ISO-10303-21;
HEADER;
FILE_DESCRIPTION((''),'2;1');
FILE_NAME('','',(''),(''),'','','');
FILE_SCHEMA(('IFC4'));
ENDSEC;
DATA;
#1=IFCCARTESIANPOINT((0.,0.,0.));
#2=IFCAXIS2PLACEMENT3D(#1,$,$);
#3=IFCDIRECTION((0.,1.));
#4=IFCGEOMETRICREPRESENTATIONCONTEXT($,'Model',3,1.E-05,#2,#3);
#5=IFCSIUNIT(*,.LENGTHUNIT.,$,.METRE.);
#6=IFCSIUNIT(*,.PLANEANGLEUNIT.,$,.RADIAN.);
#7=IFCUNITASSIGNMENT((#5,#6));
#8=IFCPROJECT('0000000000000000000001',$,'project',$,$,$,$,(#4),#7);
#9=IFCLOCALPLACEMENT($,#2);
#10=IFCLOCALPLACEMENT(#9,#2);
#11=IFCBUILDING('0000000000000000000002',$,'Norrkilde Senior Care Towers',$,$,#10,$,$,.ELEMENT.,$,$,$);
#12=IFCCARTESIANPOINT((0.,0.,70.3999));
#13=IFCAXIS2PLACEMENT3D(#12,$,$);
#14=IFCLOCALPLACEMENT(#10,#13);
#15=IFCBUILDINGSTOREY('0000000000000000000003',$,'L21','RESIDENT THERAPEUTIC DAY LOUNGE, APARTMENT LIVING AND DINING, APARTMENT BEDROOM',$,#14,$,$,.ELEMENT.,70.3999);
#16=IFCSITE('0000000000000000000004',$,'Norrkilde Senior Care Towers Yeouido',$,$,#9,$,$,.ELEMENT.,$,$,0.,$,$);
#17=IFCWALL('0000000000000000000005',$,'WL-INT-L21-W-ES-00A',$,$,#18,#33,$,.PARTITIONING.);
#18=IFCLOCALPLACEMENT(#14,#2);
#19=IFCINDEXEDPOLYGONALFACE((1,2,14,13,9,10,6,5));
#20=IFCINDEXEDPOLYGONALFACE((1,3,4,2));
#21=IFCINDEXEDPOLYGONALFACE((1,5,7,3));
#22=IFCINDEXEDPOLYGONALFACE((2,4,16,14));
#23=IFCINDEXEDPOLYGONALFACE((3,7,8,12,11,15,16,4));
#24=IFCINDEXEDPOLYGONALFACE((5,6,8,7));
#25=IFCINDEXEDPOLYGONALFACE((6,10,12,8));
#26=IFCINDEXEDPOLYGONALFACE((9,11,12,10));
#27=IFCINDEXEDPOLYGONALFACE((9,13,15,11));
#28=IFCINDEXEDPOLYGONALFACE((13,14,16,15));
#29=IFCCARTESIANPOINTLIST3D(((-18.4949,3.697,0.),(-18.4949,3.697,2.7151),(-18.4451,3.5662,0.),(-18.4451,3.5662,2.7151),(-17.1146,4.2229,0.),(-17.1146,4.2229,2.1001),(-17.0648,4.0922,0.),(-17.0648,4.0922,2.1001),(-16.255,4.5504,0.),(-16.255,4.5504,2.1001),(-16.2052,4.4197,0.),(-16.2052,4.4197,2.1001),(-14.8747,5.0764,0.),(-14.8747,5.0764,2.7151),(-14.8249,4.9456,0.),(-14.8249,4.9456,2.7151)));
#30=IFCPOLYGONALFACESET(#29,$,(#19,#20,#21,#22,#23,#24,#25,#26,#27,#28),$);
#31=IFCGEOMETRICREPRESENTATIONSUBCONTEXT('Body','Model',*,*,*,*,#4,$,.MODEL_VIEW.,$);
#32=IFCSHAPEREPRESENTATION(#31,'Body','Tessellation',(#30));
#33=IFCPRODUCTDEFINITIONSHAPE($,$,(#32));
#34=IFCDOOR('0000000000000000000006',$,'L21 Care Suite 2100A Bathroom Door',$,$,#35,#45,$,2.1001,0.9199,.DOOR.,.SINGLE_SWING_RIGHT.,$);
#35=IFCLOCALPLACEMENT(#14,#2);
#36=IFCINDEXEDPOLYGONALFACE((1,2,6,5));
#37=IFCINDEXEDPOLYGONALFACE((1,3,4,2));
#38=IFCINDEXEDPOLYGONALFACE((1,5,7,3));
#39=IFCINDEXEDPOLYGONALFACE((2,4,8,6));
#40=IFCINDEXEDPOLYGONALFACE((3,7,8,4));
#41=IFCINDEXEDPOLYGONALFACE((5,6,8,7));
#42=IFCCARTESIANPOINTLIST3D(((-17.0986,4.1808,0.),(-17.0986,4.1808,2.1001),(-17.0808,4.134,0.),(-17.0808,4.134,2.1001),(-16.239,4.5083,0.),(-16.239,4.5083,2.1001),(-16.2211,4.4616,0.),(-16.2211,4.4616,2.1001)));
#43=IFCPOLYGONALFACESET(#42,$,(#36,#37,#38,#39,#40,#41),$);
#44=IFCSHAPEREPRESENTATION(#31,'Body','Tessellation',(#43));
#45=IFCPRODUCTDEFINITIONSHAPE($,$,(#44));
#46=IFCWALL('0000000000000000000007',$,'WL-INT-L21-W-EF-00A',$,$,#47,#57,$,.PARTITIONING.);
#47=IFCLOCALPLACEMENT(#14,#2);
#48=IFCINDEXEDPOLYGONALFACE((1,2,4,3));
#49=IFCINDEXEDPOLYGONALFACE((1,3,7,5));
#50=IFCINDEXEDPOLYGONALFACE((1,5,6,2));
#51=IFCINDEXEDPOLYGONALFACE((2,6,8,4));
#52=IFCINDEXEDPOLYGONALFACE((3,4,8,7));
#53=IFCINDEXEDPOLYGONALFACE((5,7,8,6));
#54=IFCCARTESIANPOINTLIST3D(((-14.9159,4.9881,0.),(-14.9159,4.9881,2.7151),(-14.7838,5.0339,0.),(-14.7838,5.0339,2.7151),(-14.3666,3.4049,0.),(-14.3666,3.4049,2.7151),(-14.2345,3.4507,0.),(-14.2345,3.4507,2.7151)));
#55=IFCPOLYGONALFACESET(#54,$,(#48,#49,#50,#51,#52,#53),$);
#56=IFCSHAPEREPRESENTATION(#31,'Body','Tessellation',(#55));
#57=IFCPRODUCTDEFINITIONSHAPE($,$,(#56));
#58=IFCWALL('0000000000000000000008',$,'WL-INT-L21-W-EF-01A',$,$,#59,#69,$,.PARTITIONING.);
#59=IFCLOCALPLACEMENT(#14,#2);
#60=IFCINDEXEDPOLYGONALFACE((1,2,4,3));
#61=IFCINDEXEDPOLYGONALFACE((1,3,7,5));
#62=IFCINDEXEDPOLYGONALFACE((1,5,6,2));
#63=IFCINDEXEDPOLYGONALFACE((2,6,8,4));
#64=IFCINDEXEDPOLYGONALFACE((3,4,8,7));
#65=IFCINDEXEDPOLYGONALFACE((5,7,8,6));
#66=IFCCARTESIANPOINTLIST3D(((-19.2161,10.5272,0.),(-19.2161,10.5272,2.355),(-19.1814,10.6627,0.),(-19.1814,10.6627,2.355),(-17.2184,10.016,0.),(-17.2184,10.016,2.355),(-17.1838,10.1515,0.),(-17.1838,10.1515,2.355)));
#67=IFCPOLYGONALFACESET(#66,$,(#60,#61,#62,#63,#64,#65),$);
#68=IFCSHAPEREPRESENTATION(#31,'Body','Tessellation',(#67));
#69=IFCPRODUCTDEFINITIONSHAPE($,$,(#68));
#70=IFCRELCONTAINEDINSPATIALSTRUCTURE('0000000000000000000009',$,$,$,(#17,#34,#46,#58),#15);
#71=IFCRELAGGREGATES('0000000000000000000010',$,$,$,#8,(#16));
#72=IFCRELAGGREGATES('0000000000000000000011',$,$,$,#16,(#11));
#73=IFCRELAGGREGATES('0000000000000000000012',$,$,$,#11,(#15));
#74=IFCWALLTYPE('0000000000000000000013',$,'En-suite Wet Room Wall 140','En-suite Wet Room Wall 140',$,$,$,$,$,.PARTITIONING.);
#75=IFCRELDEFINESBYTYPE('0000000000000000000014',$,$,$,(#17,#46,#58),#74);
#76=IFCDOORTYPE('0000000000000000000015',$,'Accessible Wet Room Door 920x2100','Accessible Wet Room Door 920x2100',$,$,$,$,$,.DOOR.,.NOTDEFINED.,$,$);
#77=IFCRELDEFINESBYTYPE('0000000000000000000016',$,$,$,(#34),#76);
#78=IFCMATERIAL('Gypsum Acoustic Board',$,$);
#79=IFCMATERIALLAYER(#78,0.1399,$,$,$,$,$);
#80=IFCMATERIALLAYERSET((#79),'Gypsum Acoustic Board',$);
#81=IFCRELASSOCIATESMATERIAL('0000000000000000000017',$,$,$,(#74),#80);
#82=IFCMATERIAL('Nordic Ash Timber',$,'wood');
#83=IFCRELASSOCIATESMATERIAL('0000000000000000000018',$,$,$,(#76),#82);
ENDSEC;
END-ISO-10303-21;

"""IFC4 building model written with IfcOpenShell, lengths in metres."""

from ifc_helpers import new_model, si_unit, direction, frame, frame_2d, origin, place, context, subcontext, project, spatial, rectangle, extrude, source, transform, mapped, material, layer, layer_set, type_object, type_shapes, element, fill, save


model = new_model("IFC4")

# Units and contexts
model_context = context("Model", 3, precision=1e-05, world=origin(), true_north=direction((0.0, 1.0)))
body_context = subcontext(model_context, "Body", "Model", "MODEL_VIEW")
ifc_project = project(units=[si_unit("LENGTHUNIT", "METRE"), si_unit("PLANEANGLEUNIT", "RADIAN")], contexts=[model_context])

# Site, building, storey
site_placement = place(None, origin())
site = spatial("IfcSite", under=ifc_project, at=site_placement, Name="Norrkilde Senior Care Towers Yeouido", CompositionType="ELEMENT", RefElevation=0.0)
building_placement = place(site_placement, origin())
building = spatial("IfcBuilding", under=site, at=building_placement, Name="Norrkilde Senior Care Towers", CompositionType="ELEMENT")
storey_placement = place(building_placement, frame((0.0, 0.0, 70.3999)))
storey = spatial("IfcBuildingStorey", under=building, at=storey_placement, Name="L21", Description="RESIDENT THERAPEUTIC DAY LOUNGE, APARTMENT LIVING AND DINING, APARTMENT BEDROOM", CompositionType="ELEMENT", Elevation=70.3999)

# Shared definitions
ifc_material_1 = material(Name="Gypsum Acoustic Board")
ifc_material_2 = material(Name="Nordic Ash Timber", Category="wood")

# Wall, opening, door
ifc_layer_1 = layer(ifc_material_1, 0.1399)
ifc_layer_set_1 = layer_set([ifc_layer_1], Name="Gypsum Acoustic Board")
wall_type_1 = type_object("IfcWallType", Name="En-suite Wet Room Wall 140", Description="En-suite Wet Room Wall 140", PredefinedType="PARTITIONING", material=ifc_layer_set_1)
shared_shape_1 = source(origin(), body_context, "Body", "SweptSolid", [
    extrude(rectangle(XDim=3.874, YDim=0.1399, at=frame_2d((1.937, 0.0))), origin(), (0.0, 0.0, 1.0), 2.7151),
])
wall_1_placement = place(storey_placement, frame((-18.47, 3.6316, 0.0), z_axis=(0.0, 0.0, 1.0), x_axis=(0.934462, 0.356063, 0.0)))
wall_1 = element("IfcWall", 1, at=wall_1_placement, inside=storey, type_object=wall_type_1, Name="WL-INT-L21-W-ES-00A", PredefinedType="PARTITIONING", context=body_context, shape_type="MappedRepresentation", body=[
    mapped(shared_shape_1, transform((0.0, 0.0, 0.0), x_axis=(1.0, 0.0, 0.0), y_axis=(0.0, 1.0, 0.0), z_axis=(0.0, 0.0, 1.0), scale=1.0)),
])
opening_1_placement = place(wall_1_placement, frame((1.4771, 0.0, 0.0)))
opening_1 = element("IfcOpeningElement", 2, at=opening_1_placement, cuts=wall_1, PredefinedType="OPENING", context=body_context, shape_type="SweptSolid", body=[
    extrude(rectangle(XDim=0.9199, YDim=2.1001, at=frame_2d((0.46, 1.05))), frame((0.0, 0.0798, 0.0), z_axis=(0.0, -1.0, 0.0), x_axis=(1.0, 0.0, 0.0)), (0.0, 0.0, 1.0), 0.1599),
])
door_type_1 = type_object("IfcDoorType", Name="Accessible Wet Room Door 920x2100", Description="Accessible Wet Room Door 920x2100", OperationType="NOTDEFINED", PredefinedType="DOOR", material=ifc_material_2)
shared_shape_2 = source(origin(), body_context, "Body", "SweptSolid", [
    extrude(rectangle(XDim=0.9199, YDim=2.1001, at=frame_2d((0.46, 1.05))), frame((0.0, 0.0249, 0.0), z_axis=(0.0, -1.0, 0.0), x_axis=(1.0, 0.0, 0.0)), (0.0, 0.0, 1.0), 0.05),
])
type_shapes(door_type_1, [shared_shape_2])
door_1_placement = place(opening_1_placement, origin())
door_1 = element("IfcDoor", 3, at=door_1_placement, inside=storey, type_object=door_type_1, Name="L21 Care Suite 2100A Bathroom Door", OperationType="SINGLE_SWING_RIGHT", OverallHeight=2.1001, OverallWidth=0.9199, PredefinedType="DOOR", context=body_context, shape_type="MappedRepresentation", body=[
    mapped(shared_shape_2, transform((0.0, 0.0, 0.0), x_axis=(1.0, 0.0, 0.0), y_axis=(0.0, 1.0, 0.0), z_axis=(0.0, 0.0, 1.0), scale=1.0)),
])
fill(opening_1, door_1)

# Walls
shared_shape_3 = source(origin(), body_context, "Body", "SweptSolid", [
    extrude(rectangle(XDim=1.6758, YDim=0.1399, at=frame_2d((0.8379, 0.0))), origin(), (0.0, 0.0, 1.0), 2.7151),
])
wall_2_placement = place(storey_placement, frame((-14.8499, 5.011, 0.0), z_axis=(0.0, 0.0, 1.0), x_axis=(0.327786, -0.944752, 0.0)))
element("IfcWall", 4, at=wall_2_placement, inside=storey, type_object=wall_type_1, Name="WL-INT-L21-W-EF-00A", PredefinedType="PARTITIONING", context=body_context, shape_type="MappedRepresentation", body=[
    mapped(shared_shape_3, transform((0.0, 0.0, 0.0), x_axis=(1.0, 0.0, 0.0), y_axis=(0.0, 1.0, 0.0), z_axis=(0.0, 0.0, 1.0), scale=1.0)),
])
shared_shape_4 = source(origin(), body_context, "Body", "SweptSolid", [
    extrude(rectangle(XDim=2.062, YDim=0.1399, at=frame_2d((1.031, 0.0))), origin(), (0.0, 0.0, 1.0), 2.355),
])
type_shapes(wall_type_1, [shared_shape_1, shared_shape_3, shared_shape_4])
wall_3_placement = place(storey_placement, frame((-19.1987, 10.595, 0.0), z_axis=(0.0, 0.0, 1.0), x_axis=(0.968776, -0.247937, 0.0)))
element("IfcWall", 5, at=wall_3_placement, inside=storey, type_object=wall_type_1, Name="WL-INT-L21-W-EF-01A", PredefinedType="PARTITIONING", context=body_context, shape_type="MappedRepresentation", body=[
    mapped(shared_shape_4, transform((0.0, 0.0, 0.0), x_axis=(1.0, 0.0, 0.0), y_axis=(0.0, 1.0, 0.0), z_axis=(0.0, 0.0, 1.0), scale=1.0)),
])

save(model, "model.ifc")
